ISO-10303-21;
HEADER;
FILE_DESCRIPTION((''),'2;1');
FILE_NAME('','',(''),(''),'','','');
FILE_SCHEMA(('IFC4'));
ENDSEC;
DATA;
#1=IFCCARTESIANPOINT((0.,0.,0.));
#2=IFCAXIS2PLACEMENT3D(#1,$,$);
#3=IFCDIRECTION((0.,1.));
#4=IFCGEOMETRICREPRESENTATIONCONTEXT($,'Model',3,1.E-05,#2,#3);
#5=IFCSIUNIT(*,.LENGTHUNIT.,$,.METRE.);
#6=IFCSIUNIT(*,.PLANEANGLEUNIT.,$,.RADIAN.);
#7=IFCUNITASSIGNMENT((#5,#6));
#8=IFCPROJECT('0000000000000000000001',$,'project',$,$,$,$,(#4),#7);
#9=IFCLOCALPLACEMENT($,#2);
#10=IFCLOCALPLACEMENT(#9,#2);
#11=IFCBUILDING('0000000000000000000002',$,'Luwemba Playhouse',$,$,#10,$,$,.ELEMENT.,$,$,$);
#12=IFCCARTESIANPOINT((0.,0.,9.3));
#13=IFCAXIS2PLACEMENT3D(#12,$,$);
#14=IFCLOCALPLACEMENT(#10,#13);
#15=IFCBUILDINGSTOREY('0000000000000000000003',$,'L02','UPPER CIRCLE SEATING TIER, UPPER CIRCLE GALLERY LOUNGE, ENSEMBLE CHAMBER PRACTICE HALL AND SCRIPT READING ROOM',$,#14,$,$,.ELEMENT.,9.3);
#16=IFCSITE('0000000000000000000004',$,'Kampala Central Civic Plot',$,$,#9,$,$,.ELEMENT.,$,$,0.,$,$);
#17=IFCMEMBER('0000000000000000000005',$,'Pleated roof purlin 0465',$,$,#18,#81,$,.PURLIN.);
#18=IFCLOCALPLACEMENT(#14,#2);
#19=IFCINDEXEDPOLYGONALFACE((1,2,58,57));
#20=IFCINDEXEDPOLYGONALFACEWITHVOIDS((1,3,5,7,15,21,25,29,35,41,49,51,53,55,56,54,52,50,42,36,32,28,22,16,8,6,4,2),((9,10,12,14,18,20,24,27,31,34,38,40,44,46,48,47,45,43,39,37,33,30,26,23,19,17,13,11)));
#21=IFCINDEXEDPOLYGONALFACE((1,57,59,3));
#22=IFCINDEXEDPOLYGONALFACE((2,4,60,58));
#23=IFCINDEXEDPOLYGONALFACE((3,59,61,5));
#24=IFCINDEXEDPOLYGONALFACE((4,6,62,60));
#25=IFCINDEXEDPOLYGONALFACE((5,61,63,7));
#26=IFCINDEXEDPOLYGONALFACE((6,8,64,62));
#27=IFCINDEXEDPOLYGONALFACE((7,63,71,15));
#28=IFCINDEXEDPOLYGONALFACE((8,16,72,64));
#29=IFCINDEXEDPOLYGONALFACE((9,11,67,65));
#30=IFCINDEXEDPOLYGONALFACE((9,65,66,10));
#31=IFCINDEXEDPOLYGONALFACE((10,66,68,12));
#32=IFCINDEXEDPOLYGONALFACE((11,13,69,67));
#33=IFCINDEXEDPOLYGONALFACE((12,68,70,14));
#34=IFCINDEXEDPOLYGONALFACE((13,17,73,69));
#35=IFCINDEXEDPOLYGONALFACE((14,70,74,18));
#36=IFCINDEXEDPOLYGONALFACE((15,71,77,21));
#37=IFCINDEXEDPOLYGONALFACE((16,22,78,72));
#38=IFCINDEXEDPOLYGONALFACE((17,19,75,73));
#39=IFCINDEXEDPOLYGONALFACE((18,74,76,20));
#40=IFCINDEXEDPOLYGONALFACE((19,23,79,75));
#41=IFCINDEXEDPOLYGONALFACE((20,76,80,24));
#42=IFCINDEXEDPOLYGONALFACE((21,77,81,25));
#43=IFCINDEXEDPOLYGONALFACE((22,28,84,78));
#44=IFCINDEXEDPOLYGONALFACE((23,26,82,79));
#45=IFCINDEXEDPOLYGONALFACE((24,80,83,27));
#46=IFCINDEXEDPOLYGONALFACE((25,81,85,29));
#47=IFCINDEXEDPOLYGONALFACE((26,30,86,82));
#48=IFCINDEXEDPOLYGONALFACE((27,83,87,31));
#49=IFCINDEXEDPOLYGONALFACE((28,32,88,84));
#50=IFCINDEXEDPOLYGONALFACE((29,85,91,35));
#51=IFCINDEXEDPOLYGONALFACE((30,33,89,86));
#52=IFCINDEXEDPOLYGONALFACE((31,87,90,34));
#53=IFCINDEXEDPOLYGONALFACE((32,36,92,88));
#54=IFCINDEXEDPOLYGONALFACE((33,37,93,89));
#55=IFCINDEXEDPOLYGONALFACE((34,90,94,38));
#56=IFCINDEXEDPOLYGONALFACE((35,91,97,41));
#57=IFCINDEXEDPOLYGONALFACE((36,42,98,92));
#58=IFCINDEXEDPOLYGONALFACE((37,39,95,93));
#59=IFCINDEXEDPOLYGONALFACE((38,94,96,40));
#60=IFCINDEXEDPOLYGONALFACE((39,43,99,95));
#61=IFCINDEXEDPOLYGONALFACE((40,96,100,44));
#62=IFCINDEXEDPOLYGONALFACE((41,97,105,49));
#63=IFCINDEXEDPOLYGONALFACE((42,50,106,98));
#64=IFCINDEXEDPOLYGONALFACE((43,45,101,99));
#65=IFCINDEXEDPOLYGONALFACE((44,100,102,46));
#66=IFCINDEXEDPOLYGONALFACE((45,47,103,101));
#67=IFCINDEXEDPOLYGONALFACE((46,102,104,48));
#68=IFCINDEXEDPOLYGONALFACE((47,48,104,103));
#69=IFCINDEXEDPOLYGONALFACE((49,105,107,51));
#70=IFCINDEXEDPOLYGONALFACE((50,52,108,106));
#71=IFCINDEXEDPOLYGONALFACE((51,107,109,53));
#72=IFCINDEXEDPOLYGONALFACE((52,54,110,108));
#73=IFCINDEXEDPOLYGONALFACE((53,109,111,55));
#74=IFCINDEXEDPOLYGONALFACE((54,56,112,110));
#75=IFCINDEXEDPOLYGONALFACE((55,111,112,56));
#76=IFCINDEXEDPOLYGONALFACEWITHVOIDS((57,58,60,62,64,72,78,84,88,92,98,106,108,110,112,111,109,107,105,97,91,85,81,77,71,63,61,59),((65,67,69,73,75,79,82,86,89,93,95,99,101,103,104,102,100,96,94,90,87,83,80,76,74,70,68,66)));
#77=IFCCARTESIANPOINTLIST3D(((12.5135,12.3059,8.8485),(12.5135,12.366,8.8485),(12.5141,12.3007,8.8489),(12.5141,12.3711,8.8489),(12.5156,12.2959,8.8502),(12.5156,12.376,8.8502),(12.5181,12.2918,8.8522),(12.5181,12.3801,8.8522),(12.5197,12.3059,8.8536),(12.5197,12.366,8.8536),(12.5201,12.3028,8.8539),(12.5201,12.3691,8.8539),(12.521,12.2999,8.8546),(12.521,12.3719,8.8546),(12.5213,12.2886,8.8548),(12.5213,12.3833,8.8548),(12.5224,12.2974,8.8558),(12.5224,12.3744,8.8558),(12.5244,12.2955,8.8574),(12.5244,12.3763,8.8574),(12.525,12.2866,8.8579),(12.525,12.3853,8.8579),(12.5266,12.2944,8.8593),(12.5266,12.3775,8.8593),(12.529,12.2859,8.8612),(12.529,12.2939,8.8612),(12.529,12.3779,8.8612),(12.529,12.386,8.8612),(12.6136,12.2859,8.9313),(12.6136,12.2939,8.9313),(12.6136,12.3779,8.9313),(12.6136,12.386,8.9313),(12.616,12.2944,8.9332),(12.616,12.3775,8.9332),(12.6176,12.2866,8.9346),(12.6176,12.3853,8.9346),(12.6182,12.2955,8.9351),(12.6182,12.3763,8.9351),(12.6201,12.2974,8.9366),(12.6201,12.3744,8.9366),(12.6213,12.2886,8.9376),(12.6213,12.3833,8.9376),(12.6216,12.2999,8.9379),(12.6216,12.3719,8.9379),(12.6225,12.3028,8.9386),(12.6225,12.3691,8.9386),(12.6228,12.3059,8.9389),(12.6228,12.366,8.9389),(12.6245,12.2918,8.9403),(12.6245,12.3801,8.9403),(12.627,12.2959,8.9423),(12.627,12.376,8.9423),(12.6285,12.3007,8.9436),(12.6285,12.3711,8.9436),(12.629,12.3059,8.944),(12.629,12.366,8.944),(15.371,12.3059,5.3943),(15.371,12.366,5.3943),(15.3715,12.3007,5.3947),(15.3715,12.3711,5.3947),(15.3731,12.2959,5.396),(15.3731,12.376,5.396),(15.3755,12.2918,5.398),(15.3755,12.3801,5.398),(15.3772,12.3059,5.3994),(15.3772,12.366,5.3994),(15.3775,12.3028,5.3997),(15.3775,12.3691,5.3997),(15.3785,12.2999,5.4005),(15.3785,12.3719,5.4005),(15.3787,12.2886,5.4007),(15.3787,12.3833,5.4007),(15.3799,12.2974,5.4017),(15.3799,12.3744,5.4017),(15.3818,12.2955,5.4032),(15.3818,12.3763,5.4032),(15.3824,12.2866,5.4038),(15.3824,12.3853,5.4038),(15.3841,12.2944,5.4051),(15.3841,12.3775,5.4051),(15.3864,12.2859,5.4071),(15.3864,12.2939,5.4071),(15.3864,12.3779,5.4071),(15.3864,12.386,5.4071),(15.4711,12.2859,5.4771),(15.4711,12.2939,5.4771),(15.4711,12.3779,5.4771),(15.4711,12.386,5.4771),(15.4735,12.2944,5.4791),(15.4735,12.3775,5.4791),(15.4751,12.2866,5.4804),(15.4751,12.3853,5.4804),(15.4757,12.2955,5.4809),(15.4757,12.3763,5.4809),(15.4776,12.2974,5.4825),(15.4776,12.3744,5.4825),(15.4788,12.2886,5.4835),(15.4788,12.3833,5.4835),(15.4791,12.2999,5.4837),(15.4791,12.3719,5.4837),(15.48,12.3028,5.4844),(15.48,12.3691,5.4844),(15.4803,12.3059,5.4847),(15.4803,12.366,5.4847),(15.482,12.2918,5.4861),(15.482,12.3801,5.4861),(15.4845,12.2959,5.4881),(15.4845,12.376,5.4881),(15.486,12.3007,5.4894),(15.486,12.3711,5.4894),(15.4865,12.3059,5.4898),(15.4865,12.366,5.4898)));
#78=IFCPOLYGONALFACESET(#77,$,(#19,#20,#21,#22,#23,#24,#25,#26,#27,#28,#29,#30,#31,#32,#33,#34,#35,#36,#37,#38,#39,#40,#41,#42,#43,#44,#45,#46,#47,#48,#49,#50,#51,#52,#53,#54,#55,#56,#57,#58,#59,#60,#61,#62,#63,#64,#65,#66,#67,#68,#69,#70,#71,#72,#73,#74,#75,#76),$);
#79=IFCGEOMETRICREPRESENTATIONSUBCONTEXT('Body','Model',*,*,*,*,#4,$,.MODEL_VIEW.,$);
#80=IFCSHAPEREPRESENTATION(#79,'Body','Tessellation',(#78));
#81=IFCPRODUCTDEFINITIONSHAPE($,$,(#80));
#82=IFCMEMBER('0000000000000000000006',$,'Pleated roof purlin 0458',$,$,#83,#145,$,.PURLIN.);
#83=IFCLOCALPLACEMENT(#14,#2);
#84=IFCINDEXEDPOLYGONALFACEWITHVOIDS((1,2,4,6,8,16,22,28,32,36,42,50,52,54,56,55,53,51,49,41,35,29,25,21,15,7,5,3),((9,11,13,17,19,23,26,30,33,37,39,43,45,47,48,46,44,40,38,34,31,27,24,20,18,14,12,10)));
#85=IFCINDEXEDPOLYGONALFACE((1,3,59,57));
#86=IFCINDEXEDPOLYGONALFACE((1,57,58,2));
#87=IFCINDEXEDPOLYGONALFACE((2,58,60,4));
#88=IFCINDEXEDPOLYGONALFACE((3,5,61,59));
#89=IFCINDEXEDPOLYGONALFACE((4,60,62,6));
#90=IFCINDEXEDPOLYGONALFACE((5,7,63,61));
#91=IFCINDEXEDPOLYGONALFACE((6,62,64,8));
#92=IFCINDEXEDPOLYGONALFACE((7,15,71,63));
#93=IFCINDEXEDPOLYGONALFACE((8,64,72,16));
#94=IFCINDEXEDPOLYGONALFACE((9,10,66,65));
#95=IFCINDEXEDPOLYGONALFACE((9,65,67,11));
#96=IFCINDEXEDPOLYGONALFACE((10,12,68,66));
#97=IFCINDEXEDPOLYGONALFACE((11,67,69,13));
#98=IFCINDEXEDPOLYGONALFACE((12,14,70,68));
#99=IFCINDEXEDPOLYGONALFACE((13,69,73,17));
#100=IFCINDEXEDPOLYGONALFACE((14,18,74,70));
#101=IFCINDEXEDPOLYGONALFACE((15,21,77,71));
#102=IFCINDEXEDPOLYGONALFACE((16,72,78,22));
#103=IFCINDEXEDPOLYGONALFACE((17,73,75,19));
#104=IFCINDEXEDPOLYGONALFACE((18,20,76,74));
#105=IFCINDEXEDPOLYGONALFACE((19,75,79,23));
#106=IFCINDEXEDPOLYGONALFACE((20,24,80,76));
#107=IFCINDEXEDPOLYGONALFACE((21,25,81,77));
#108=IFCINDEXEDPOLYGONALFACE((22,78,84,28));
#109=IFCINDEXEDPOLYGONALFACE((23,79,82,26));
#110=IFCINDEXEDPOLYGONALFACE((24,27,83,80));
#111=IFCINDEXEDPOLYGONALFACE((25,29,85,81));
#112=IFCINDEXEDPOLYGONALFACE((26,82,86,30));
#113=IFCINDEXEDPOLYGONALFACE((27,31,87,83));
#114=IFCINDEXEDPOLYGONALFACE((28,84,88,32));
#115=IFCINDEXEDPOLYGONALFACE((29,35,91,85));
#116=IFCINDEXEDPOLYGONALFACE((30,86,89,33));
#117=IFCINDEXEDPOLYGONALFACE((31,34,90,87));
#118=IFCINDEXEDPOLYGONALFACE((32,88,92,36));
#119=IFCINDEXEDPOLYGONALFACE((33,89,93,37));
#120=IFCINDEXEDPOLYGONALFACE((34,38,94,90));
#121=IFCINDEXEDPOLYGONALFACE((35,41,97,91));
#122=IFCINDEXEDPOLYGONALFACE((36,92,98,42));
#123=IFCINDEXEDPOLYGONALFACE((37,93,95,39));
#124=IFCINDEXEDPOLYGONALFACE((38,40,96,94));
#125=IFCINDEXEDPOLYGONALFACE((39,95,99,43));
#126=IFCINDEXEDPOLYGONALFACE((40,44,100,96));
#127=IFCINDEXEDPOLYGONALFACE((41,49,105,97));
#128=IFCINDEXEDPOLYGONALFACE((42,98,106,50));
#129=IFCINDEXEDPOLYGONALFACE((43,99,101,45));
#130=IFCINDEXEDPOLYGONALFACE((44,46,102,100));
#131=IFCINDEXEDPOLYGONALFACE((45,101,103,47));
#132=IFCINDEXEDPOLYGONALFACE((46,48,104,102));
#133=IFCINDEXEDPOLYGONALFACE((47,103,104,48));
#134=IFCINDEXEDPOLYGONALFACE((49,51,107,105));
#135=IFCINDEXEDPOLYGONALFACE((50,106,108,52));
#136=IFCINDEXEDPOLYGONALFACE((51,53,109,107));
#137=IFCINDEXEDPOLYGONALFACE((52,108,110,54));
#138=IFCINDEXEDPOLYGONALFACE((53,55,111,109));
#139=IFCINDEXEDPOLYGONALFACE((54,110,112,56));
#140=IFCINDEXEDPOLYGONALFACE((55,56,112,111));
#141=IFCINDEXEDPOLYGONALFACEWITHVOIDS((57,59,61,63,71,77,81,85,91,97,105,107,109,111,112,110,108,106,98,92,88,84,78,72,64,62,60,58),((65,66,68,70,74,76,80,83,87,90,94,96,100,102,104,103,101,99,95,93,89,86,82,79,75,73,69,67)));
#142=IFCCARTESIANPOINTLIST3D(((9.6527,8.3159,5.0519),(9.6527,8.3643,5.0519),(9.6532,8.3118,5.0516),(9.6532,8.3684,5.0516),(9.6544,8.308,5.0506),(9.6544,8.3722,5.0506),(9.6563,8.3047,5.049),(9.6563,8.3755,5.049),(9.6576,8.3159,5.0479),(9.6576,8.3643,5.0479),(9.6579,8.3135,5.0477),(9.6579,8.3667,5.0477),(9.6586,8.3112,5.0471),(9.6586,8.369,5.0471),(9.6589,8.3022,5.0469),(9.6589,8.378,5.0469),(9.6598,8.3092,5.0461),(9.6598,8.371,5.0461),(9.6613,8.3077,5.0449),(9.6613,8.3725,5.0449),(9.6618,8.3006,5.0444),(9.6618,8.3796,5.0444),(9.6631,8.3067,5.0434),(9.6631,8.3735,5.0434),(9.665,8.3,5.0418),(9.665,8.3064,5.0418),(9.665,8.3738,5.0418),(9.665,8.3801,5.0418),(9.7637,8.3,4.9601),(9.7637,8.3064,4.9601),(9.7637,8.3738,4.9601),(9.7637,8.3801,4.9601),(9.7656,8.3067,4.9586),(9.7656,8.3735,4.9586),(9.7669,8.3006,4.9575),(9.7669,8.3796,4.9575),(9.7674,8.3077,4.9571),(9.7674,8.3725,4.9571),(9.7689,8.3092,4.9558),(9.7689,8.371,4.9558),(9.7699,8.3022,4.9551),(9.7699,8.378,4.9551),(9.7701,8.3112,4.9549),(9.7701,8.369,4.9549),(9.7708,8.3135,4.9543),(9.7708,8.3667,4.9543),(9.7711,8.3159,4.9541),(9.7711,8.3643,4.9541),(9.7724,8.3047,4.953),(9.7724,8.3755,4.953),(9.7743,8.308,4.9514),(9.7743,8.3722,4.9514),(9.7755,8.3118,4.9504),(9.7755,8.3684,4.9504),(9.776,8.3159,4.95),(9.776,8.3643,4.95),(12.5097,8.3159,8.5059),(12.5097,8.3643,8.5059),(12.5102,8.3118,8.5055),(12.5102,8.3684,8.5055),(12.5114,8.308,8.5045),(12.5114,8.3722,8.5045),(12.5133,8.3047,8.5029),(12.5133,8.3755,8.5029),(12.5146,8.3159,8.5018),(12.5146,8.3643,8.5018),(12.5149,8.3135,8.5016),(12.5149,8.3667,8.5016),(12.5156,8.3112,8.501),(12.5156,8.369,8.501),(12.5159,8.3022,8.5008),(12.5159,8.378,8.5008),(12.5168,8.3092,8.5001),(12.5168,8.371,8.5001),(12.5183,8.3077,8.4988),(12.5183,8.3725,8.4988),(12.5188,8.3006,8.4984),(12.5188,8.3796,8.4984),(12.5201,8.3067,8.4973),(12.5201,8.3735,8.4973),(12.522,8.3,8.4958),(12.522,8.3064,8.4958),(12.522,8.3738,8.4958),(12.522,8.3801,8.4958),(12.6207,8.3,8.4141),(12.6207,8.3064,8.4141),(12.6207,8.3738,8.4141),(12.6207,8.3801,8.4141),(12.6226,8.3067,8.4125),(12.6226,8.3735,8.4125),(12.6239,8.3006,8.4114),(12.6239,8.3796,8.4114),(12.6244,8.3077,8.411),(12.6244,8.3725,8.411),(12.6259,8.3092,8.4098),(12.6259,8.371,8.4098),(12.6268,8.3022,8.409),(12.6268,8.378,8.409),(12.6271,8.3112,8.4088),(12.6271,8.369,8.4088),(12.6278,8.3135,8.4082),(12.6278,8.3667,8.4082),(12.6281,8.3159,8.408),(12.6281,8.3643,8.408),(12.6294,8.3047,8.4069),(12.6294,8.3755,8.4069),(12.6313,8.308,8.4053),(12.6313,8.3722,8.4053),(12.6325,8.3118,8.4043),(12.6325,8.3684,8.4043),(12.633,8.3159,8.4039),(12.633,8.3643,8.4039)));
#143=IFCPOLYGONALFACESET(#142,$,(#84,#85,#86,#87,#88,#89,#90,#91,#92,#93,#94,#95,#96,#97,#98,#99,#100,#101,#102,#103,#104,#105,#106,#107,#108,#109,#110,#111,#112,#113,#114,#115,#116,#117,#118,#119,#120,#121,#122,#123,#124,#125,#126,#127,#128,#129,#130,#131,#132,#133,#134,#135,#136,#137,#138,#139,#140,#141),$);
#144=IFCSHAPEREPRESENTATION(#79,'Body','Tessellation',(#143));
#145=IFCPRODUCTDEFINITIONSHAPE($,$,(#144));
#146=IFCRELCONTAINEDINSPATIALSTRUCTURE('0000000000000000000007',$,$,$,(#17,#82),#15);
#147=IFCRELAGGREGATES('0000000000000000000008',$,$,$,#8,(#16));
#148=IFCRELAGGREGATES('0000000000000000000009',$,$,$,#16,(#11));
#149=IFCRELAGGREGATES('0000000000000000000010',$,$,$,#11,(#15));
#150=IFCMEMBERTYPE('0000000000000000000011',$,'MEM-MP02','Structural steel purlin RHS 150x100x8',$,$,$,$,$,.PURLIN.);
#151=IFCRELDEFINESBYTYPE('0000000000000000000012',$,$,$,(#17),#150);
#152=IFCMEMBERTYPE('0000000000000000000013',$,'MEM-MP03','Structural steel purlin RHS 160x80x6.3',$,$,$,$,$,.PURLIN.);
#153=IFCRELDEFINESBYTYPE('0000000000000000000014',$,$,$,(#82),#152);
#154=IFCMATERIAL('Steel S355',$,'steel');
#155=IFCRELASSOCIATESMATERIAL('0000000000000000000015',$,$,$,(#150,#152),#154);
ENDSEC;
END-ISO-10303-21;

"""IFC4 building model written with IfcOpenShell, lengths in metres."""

from ifc_helpers import new_model, si_unit, direction, frame, origin, origin_2d, place, context, subcontext, project, spatial, hollow_rectangle, extrude, material, material_profile, profile_set, type_object, element, save


model = new_model("IFC4")

# Units and contexts
model_context = context("Model", 3, precision=1e-05, world=origin(), true_north=direction((0.0, 1.0)))
body_context = subcontext(model_context, "Body", "Model", "MODEL_VIEW")
ifc_project = project(units=[si_unit("LENGTHUNIT", "METRE"), si_unit("PLANEANGLEUNIT", "RADIAN")], contexts=[model_context])

# Site, building, storey
site_placement = place(None, origin())
site = spatial("IfcSite", under=ifc_project, at=site_placement, Name="Kampala Central Civic Plot", CompositionType="ELEMENT", RefElevation=0.0)
building_placement = place(site_placement, origin())
building = spatial("IfcBuilding", under=site, at=building_placement, Name="Luwemba Playhouse", CompositionType="ELEMENT")
storey_placement = place(building_placement, frame((0.0, 0.0, 9.3)))
storey = spatial("IfcBuildingStorey", under=building, at=storey_placement, Name="L02", Description="UPPER CIRCLE SEATING TIER, UPPER CIRCLE GALLERY LOUNGE, ENSEMBLE CHAMBER PRACTICE HALL AND SCRIPT READING ROOM", CompositionType="ELEMENT", Elevation=9.3)

# Shared definitions
ifc_material_1 = material(Name="Steel S355", Category="steel")

# Members
ifc_material_profile_1 = material_profile(ifc_material_1, hollow_rectangle(XDim=0.1001, YDim=0.1499, WallThickness=0.0081, InnerFilletRadius=0.012, OuterFilletRadius=0.02, at=origin_2d()))
ifc_profile_set_1 = profile_set([ifc_material_profile_1], Name="Steel S355")
member_type_1 = type_object("IfcMemberType", Name="MEM-MP02", Description="Structural steel purlin RHS 150x100x8", PredefinedType="PURLIN", material=ifc_profile_set_1)
member_1_placement = place(storey_placement, frame((12.5713, 12.3359, 8.8962), z_axis=(0.637416, 0.0, -0.77052), x_axis=(0.0, 1.0, 0.0)))
element("IfcMember", 1, at=member_1_placement, inside=storey, type_object=member_type_1, Name="Pleated roof purlin 0465", PredefinedType="PURLIN", context=body_context, shape_type="SweptSolid", body=[
    extrude(hollow_rectangle(XDim=0.1001, YDim=0.1499, WallThickness=0.0081, InnerFilletRadius=0.012, OuterFilletRadius=0.02, at=origin_2d()), origin(), (0.0, 0.0, 1.0), 4.4829),
])
ifc_material_profile_2 = material_profile(ifc_material_1, hollow_rectangle(XDim=0.0801, YDim=0.1599, WallThickness=0.0063, InnerFilletRadius=0.0095, OuterFilletRadius=0.0159, at=origin_2d()))
ifc_profile_set_2 = profile_set([ifc_material_profile_2], Name="Steel S355")
member_type_2 = type_object("IfcMemberType", Name="MEM-MP03", Description="Structural steel purlin RHS 160x80x6.3", PredefinedType="PURLIN", material=ifc_profile_set_2)
member_2_placement = place(storey_placement, frame((9.7144, 8.3401, 5.001), z_axis=(0.637378, 0.0, 0.770551), x_axis=(0.0, 1.0, 0.0)))
element("IfcMember", 2, at=member_2_placement, inside=storey, type_object=member_type_2, Name="Pleated roof purlin 0458", PredefinedType="PURLIN", context=body_context, shape_type="SweptSolid", body=[
    extrude(hollow_rectangle(XDim=0.0801, YDim=0.1599, WallThickness=0.0063, InnerFilletRadius=0.0095, OuterFilletRadius=0.0159, at=origin_2d()), origin(), (0.0, 0.0, 1.0), 4.4824),
])

save(model, "model.ifc")
